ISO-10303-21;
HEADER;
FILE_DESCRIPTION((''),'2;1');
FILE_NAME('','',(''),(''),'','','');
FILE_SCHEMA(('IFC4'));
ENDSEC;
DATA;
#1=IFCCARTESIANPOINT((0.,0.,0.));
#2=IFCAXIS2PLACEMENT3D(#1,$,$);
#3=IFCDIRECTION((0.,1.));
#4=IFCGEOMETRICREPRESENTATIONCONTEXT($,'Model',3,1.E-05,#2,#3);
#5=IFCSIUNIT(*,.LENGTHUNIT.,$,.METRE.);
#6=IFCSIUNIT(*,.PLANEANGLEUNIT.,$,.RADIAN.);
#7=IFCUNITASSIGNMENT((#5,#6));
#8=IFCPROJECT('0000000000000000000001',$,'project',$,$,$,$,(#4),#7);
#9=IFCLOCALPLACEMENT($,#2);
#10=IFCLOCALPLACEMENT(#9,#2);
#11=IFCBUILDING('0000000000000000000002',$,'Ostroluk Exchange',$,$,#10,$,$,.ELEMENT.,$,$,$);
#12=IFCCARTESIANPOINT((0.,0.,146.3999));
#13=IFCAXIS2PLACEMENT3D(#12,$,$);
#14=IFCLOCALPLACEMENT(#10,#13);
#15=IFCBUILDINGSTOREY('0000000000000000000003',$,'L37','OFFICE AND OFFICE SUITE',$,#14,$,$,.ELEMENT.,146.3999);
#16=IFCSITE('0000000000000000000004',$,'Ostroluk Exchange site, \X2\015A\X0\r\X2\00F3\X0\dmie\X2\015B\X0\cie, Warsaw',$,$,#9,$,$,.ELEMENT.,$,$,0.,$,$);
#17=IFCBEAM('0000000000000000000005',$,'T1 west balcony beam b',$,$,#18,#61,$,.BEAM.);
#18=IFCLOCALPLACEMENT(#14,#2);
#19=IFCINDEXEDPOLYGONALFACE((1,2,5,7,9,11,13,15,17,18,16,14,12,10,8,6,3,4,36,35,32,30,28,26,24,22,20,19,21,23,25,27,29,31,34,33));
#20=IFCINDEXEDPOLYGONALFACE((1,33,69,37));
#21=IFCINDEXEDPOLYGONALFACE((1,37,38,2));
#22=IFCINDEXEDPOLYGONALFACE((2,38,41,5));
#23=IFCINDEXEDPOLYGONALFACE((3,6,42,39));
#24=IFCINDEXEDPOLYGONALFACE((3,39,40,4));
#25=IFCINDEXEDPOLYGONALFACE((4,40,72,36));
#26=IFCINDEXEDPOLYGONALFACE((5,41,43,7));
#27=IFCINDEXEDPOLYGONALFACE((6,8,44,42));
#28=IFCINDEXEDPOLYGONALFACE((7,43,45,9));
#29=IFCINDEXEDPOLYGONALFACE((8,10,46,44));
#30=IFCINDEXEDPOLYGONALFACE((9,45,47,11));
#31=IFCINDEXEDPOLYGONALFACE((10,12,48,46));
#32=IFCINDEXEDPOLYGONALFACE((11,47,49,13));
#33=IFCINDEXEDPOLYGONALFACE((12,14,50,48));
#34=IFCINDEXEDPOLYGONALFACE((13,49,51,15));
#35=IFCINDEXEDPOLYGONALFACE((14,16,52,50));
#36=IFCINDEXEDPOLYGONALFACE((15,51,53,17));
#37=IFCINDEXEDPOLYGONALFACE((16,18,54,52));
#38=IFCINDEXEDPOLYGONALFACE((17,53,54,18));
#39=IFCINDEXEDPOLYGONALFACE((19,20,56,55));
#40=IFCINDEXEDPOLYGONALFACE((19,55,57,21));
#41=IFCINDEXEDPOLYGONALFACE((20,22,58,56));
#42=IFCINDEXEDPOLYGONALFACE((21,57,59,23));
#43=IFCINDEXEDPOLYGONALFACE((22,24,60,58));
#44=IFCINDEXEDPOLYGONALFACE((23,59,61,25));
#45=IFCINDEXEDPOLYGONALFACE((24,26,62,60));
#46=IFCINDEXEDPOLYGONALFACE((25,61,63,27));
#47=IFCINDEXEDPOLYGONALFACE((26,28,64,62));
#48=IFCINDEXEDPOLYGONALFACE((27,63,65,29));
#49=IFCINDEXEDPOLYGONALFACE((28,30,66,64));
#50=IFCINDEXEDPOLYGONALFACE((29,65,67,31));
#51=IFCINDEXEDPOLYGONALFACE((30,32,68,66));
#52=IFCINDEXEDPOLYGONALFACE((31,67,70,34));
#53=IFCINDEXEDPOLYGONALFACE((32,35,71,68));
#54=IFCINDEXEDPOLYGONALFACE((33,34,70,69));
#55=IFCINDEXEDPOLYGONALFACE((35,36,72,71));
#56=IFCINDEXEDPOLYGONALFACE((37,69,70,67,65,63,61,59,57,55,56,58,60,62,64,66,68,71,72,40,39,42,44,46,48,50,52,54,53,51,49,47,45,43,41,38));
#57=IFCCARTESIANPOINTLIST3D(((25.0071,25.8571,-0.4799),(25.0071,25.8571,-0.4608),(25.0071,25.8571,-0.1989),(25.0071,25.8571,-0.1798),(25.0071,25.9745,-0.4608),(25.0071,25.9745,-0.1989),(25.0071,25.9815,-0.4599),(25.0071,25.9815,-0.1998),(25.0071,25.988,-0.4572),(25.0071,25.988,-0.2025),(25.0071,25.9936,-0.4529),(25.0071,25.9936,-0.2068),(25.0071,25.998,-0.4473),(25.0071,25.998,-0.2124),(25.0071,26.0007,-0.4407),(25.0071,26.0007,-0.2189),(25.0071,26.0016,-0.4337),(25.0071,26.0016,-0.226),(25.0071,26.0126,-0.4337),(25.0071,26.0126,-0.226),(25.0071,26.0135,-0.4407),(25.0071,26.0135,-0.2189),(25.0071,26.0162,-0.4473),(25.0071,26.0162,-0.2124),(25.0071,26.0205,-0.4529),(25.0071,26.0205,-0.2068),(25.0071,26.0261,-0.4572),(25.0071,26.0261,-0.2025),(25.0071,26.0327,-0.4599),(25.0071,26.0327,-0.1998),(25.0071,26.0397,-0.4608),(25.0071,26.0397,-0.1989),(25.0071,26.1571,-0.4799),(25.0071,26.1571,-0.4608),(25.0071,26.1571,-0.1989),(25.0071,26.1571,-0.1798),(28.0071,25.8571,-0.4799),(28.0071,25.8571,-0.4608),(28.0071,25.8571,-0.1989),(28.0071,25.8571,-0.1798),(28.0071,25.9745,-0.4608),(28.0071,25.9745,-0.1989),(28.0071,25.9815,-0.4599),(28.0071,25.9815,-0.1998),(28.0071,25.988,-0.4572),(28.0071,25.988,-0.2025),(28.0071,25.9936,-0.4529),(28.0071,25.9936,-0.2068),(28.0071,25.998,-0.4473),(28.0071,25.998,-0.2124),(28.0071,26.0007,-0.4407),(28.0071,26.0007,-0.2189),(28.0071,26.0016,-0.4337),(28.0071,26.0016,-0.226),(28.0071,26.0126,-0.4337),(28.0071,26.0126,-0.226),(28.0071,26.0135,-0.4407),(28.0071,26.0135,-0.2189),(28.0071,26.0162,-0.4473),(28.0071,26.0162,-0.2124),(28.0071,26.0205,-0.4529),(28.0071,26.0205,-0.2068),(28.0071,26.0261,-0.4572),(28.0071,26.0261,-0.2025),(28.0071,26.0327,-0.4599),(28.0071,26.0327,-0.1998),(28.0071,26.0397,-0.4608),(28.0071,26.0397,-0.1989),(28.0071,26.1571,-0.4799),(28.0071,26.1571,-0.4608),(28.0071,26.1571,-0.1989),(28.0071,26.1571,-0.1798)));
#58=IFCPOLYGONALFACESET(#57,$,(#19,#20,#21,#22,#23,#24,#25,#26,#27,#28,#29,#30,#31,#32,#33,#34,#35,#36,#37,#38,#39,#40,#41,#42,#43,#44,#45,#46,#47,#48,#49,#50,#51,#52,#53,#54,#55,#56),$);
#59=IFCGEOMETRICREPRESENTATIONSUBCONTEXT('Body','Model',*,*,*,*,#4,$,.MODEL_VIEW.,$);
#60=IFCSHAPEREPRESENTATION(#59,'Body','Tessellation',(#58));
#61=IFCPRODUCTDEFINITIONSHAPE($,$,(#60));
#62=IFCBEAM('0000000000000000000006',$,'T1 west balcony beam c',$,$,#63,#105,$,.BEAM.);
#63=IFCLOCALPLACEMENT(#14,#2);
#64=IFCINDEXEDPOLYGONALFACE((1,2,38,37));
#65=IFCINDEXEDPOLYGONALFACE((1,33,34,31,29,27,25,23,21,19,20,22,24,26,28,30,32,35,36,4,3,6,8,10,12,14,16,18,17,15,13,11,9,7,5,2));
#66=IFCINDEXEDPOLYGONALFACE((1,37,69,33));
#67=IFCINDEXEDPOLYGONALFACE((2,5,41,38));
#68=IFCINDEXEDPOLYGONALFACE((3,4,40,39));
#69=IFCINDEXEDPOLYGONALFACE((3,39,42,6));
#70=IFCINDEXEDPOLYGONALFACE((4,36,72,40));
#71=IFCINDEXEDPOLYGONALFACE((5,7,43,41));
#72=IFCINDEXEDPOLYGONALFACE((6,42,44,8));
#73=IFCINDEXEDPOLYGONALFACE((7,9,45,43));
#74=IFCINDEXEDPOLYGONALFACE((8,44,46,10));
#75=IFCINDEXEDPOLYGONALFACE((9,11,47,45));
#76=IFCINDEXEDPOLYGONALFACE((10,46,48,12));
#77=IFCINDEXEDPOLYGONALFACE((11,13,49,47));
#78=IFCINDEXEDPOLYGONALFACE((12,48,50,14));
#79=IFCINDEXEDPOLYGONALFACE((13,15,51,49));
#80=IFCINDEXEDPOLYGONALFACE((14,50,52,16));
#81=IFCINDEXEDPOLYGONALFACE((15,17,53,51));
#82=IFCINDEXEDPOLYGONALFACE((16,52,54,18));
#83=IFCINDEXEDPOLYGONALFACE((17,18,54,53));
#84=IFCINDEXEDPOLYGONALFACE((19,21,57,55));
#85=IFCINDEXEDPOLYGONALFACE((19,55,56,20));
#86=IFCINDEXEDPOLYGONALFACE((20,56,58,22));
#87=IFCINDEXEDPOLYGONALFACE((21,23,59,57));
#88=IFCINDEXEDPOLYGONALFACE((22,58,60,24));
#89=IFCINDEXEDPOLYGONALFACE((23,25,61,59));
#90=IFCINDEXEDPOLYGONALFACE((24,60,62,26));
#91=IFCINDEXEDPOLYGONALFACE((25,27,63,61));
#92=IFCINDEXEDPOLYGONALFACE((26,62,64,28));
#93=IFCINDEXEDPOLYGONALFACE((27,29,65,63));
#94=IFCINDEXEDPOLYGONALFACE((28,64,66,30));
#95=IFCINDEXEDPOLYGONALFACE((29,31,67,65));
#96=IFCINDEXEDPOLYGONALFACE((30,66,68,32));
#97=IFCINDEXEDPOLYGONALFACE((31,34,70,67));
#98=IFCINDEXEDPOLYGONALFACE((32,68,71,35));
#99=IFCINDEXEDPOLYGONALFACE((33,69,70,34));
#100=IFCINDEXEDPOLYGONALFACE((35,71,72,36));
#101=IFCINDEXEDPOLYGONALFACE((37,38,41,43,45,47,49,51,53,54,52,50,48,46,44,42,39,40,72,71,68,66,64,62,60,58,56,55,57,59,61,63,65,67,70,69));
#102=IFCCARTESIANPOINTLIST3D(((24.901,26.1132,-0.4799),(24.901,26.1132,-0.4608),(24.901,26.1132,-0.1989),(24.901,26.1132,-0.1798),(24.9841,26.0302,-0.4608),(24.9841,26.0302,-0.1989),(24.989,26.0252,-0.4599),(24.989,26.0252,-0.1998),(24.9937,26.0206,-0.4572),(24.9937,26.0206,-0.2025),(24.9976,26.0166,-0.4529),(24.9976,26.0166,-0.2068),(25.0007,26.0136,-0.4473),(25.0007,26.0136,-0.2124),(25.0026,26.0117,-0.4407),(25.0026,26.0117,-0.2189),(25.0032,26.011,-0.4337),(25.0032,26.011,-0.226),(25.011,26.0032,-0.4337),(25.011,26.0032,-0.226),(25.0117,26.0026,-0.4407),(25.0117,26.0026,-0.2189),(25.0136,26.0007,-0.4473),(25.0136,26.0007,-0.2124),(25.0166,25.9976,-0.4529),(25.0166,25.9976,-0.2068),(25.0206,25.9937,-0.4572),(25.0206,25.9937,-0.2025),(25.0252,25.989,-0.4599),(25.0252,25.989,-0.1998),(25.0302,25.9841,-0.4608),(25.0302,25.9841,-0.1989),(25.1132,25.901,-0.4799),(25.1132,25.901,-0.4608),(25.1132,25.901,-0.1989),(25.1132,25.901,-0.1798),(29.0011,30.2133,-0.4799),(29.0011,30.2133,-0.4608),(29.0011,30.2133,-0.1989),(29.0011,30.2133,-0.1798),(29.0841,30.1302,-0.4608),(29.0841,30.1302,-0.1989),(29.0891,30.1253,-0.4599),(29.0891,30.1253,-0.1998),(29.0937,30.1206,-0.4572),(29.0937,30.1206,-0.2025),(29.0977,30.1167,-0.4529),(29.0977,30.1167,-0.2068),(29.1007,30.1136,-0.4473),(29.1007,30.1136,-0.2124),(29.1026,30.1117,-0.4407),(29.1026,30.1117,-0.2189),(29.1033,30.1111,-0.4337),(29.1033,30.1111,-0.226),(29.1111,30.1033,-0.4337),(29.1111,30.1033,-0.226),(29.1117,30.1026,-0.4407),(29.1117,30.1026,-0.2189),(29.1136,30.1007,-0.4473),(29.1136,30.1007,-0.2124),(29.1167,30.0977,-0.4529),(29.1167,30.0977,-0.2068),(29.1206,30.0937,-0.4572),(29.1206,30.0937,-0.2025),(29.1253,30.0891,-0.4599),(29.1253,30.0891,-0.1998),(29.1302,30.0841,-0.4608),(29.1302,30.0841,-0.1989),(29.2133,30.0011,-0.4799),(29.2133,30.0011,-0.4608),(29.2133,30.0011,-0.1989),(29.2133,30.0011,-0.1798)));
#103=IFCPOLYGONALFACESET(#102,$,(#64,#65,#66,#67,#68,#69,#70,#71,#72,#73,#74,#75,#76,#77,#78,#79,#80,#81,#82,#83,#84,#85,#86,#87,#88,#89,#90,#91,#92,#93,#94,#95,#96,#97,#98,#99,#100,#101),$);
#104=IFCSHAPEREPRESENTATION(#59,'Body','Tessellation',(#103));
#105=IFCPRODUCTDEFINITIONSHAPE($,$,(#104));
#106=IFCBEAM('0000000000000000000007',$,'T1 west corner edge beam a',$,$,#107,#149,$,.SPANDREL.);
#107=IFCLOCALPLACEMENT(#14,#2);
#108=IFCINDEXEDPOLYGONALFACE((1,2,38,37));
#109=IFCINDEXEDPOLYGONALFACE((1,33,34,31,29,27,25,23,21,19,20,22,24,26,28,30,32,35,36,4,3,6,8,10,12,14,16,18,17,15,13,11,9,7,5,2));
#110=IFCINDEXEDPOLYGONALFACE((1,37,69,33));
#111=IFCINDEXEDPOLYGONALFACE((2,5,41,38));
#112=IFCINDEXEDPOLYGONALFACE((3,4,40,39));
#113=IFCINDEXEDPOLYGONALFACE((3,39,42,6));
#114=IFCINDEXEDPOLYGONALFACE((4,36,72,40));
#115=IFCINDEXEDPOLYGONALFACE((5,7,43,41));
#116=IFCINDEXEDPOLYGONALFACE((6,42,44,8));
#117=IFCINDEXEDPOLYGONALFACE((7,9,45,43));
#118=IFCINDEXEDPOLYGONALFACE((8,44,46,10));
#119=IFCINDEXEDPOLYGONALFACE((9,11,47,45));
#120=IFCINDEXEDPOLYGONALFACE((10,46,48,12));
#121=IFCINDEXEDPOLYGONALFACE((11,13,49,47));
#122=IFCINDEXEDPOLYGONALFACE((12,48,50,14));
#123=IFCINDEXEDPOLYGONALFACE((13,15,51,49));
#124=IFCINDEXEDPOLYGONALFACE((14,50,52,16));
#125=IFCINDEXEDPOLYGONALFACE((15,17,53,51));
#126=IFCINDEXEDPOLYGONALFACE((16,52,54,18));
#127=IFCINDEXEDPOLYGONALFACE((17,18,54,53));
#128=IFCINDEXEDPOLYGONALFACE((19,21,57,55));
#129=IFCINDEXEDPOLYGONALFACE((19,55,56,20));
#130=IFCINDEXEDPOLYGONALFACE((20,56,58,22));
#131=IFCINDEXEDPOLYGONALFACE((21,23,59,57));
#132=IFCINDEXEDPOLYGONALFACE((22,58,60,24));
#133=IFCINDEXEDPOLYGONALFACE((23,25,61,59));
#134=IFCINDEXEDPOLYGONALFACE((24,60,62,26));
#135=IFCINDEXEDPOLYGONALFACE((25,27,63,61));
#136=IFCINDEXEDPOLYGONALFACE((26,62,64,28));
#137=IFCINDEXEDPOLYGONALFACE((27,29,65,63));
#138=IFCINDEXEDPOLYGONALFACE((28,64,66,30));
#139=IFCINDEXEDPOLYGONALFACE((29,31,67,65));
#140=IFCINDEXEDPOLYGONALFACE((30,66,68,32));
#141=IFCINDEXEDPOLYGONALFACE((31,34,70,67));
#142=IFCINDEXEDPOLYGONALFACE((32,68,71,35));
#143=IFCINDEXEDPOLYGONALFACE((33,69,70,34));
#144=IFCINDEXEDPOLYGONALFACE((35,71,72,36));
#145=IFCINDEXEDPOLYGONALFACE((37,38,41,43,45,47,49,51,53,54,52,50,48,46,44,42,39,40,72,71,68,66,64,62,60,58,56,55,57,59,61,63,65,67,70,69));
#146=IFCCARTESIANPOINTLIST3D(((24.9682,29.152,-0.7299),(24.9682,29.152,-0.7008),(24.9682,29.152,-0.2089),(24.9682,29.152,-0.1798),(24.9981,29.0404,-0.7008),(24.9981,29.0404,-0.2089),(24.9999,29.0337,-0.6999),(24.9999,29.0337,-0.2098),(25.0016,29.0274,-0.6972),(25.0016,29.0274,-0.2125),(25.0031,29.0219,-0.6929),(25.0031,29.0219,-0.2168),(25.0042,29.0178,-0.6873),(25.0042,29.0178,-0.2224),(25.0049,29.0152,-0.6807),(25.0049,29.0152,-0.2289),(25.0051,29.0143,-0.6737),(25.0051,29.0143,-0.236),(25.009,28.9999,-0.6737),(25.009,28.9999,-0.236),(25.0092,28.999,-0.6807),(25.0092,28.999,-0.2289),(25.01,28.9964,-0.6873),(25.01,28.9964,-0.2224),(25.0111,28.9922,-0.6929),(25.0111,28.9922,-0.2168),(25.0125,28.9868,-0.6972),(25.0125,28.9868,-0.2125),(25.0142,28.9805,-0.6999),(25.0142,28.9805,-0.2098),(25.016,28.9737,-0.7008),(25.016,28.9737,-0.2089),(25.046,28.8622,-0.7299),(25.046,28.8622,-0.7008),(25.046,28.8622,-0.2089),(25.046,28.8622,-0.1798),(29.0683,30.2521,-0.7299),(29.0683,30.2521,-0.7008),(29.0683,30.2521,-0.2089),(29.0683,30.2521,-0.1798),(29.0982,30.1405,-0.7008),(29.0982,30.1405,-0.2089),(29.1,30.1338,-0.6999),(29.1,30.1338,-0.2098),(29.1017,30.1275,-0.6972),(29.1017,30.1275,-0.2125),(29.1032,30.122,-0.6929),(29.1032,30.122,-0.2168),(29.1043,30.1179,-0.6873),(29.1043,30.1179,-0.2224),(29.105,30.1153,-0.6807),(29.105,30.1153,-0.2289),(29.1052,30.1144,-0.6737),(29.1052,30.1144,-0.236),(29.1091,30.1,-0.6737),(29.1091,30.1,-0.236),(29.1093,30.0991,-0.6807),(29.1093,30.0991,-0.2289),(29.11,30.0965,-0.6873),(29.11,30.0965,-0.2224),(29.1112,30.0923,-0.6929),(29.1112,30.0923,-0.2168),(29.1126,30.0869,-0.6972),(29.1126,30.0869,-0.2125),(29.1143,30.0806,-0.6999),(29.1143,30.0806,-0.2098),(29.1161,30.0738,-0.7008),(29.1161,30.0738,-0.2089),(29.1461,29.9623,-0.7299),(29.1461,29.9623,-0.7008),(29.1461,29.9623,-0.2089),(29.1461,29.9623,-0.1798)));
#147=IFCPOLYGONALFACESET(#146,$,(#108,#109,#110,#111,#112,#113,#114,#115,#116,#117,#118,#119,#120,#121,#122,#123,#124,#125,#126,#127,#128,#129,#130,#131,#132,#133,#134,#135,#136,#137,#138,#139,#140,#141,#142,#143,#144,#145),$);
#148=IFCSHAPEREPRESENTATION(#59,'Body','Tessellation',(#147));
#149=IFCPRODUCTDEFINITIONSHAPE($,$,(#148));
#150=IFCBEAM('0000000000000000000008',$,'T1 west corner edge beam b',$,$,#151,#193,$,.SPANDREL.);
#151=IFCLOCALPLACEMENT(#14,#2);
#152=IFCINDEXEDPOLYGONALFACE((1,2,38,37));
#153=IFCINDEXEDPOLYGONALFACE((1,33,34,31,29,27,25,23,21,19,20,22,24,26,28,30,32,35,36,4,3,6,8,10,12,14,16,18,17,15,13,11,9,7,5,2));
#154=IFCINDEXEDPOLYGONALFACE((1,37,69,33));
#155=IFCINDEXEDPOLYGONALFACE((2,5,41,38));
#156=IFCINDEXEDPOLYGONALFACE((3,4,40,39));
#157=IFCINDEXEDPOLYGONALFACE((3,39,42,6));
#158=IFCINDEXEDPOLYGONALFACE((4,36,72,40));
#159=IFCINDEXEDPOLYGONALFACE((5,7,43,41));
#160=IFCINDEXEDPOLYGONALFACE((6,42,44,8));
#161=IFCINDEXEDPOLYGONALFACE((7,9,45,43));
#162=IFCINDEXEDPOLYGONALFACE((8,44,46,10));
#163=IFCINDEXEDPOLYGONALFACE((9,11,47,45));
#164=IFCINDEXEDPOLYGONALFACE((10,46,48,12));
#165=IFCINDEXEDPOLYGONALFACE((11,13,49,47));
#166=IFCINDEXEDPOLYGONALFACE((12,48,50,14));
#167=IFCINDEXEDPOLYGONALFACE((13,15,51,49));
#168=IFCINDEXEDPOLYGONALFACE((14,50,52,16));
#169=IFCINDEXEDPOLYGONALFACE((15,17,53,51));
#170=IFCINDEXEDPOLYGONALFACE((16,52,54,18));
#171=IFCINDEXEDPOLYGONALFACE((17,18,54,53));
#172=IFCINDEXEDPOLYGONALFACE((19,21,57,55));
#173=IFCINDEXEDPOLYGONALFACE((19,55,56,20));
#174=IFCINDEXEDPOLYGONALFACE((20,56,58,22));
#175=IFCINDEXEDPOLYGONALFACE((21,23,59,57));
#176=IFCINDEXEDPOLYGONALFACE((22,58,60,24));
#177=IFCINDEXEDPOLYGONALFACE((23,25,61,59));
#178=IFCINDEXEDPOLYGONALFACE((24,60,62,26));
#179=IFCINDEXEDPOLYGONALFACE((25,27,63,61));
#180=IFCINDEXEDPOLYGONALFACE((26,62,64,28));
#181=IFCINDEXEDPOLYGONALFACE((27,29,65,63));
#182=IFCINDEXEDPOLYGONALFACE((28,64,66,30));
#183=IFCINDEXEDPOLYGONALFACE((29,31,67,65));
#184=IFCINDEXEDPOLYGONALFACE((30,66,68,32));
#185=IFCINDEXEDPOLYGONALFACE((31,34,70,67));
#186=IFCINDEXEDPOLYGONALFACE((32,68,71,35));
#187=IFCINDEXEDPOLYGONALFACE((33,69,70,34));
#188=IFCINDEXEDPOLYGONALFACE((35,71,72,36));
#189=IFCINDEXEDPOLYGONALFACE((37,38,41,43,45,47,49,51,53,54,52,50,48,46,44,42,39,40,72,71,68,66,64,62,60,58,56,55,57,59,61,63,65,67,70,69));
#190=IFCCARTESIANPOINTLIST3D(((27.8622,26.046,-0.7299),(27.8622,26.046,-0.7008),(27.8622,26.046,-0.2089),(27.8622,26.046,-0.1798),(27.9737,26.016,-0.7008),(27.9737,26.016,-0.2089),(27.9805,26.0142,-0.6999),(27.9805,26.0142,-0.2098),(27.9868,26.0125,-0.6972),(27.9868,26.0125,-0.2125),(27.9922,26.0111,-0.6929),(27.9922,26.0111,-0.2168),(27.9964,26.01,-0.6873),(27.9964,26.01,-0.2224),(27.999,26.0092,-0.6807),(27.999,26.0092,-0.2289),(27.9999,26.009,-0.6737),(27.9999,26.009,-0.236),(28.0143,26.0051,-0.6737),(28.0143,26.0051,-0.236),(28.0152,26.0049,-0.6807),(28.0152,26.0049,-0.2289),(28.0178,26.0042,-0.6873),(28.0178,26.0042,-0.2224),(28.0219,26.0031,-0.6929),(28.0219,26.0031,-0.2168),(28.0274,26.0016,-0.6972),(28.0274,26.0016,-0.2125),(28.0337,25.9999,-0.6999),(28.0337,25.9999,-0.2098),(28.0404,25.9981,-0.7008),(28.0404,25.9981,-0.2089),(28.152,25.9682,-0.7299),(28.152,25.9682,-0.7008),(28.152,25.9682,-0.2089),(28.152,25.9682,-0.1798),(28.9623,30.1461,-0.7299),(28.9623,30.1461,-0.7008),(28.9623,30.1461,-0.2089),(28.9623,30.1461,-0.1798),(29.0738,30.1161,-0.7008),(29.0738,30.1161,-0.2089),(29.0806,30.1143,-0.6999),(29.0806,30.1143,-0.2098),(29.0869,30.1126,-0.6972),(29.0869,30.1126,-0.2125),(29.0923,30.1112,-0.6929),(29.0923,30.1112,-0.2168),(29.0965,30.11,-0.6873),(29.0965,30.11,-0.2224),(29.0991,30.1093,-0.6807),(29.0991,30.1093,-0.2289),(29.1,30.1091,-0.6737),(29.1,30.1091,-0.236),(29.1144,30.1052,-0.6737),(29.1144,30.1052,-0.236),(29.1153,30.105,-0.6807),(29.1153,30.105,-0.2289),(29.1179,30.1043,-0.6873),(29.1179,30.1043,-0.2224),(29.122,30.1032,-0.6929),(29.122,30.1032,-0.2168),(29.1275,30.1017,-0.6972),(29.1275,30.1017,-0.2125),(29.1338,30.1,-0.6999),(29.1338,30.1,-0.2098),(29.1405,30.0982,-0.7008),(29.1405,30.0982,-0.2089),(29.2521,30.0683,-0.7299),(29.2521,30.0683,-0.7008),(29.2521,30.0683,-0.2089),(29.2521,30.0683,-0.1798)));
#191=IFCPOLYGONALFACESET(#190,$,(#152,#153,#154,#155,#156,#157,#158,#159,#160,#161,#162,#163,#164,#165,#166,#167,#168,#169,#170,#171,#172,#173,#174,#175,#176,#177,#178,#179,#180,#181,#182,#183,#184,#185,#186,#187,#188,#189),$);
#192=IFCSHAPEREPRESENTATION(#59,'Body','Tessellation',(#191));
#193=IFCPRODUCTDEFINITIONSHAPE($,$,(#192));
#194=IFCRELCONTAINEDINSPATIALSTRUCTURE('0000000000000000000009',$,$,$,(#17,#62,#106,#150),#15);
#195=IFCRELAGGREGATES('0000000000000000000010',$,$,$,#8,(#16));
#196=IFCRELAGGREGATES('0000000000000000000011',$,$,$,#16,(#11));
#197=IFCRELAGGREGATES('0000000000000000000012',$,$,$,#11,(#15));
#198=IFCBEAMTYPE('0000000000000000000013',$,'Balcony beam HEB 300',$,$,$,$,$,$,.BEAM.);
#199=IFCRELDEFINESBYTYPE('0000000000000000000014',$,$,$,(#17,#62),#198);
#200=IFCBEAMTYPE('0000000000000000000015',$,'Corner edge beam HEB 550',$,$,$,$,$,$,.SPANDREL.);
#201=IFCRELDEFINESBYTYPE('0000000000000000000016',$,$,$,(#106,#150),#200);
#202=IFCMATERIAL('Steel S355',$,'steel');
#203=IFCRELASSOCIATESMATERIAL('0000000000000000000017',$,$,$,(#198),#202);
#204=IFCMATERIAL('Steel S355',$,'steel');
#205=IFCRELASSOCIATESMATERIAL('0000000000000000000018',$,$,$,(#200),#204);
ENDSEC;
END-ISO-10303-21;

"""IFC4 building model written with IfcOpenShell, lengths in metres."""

from ifc_helpers import new_model, si_unit, direction, frame, origin, origin_2d, place, context, subcontext, project, spatial, i_section, extrude, material, material_profile, profile_set, type_object, element, save


model = new_model("IFC4")

# Units and contexts
model_context = context("Model", 3, precision=1e-05, world=origin(), true_north=direction((0.0, 1.0)))
body_context = subcontext(model_context, "Body", "Model", "MODEL_VIEW")
ifc_project = project(units=[si_unit("LENGTHUNIT", "METRE"), si_unit("PLANEANGLEUNIT", "RADIAN")], contexts=[model_context])

# Site, building, storey
site_placement = place(None, origin())
site = spatial("IfcSite", under=ifc_project, at=site_placement, Name="Ostroluk Exchange site, Śródmieście, Warsaw", CompositionType="ELEMENT", RefElevation=0.0)
building_placement = place(site_placement, origin())
building = spatial("IfcBuilding", under=site, at=building_placement, Name="Ostroluk Exchange", CompositionType="ELEMENT")
storey_placement = place(building_placement, frame((0.0, 0.0, 146.3999)))
storey = spatial("IfcBuildingStorey", under=building, at=storey_placement, Name="L37", Description="OFFICE AND OFFICE SUITE", CompositionType="ELEMENT", Elevation=146.3999)

# Beams
ifc_material_1 = material(Name="Steel S355", Category="steel")
ifc_material_profile_1 = material_profile(ifc_material_1, i_section(OverallWidth=0.3, OverallDepth=0.3, WebThickness=0.011, FlangeThickness=0.019, FilletRadius=0.0271, at=origin_2d()), Name="HEB 300")
ifc_profile_set_1 = profile_set([ifc_material_profile_1], Name="Steel S355")
beam_type_1 = type_object("IfcBeamType", Name="Balcony beam HEB 300", PredefinedType="BEAM", material=ifc_profile_set_1)
beam_1_placement = place(storey_placement, frame((28.0071, 26.0071, -0.3298), z_axis=(-1.0, 0.0, 0.0), x_axis=(0.0, -1.0, 0.0)))
element("IfcBeam", 1, at=beam_1_placement, inside=storey, type_object=beam_type_1, Name="T1 west balcony beam b", PredefinedType="BEAM", context=body_context, shape_type="SweptSolid", body=[
    extrude(i_section(OverallWidth=0.3, OverallDepth=0.3, WebThickness=0.011, FlangeThickness=0.019, FilletRadius=0.0271, at=origin_2d()), origin(), (0.0, 0.0, 1.0), 3.0),
])
beam_2_placement = place(storey_placement, frame((29.1072, 30.1072, -0.3298), z_axis=(-0.707107, -0.707107, 0.0), x_axis=(0.707107, -0.707107, 0.0)))
element("IfcBeam", 2, at=beam_2_placement, inside=storey, type_object=beam_type_1, Name="T1 west balcony beam c", PredefinedType="BEAM", context=body_context, shape_type="SweptSolid", body=[
    extrude(i_section(OverallWidth=0.3, OverallDepth=0.3, WebThickness=0.011, FlangeThickness=0.019, FilletRadius=0.0271, at=origin_2d()), origin(), (0.0, 0.0, 1.0), 5.7983),
])
ifc_material_2 = material(Name="Steel S355", Category="steel")
ifc_material_profile_2 = material_profile(ifc_material_2, i_section(OverallWidth=0.3, OverallDepth=0.55, WebThickness=0.0149, FlangeThickness=0.0291, FilletRadius=0.0271, at=origin_2d()), Name="HEB 550")
ifc_profile_set_2 = profile_set([ifc_material_profile_2], Name="Steel S355")
beam_type_2 = type_object("IfcBeamType", Name="Corner edge beam HEB 550", PredefinedType="SPANDREL", material=ifc_profile_set_2)
for number, where, z_axis, x_axis, name in (
    (3, (29.1072, 30.1072, -0.4548), (-0.965839, -0.259144, 0.0), (0.259144, -0.965839, 0.0), "T1 west corner edge beam a"),
    (4, (29.1072, 30.1072, -0.4548), (-0.259144, -0.965839, 0.0), (0.965839, -0.259144, 0.0), "T1 west corner edge beam b"),
):
    element("IfcBeam", number, at=place(storey_placement, frame(where, z_axis=z_axis, x_axis=x_axis)), inside=storey, type_object=beam_type_2, Name=name, PredefinedType="SPANDREL", context=body_context, shape_type="SweptSolid", body=[
        extrude(i_section(OverallWidth=0.3, OverallDepth=0.55, WebThickness=0.0149, FlangeThickness=0.0291, FilletRadius=0.0271, at=origin_2d()), origin(), (0.0, 0.0, 1.0), 4.2451),
    ])

save(model, "model.ifc")
